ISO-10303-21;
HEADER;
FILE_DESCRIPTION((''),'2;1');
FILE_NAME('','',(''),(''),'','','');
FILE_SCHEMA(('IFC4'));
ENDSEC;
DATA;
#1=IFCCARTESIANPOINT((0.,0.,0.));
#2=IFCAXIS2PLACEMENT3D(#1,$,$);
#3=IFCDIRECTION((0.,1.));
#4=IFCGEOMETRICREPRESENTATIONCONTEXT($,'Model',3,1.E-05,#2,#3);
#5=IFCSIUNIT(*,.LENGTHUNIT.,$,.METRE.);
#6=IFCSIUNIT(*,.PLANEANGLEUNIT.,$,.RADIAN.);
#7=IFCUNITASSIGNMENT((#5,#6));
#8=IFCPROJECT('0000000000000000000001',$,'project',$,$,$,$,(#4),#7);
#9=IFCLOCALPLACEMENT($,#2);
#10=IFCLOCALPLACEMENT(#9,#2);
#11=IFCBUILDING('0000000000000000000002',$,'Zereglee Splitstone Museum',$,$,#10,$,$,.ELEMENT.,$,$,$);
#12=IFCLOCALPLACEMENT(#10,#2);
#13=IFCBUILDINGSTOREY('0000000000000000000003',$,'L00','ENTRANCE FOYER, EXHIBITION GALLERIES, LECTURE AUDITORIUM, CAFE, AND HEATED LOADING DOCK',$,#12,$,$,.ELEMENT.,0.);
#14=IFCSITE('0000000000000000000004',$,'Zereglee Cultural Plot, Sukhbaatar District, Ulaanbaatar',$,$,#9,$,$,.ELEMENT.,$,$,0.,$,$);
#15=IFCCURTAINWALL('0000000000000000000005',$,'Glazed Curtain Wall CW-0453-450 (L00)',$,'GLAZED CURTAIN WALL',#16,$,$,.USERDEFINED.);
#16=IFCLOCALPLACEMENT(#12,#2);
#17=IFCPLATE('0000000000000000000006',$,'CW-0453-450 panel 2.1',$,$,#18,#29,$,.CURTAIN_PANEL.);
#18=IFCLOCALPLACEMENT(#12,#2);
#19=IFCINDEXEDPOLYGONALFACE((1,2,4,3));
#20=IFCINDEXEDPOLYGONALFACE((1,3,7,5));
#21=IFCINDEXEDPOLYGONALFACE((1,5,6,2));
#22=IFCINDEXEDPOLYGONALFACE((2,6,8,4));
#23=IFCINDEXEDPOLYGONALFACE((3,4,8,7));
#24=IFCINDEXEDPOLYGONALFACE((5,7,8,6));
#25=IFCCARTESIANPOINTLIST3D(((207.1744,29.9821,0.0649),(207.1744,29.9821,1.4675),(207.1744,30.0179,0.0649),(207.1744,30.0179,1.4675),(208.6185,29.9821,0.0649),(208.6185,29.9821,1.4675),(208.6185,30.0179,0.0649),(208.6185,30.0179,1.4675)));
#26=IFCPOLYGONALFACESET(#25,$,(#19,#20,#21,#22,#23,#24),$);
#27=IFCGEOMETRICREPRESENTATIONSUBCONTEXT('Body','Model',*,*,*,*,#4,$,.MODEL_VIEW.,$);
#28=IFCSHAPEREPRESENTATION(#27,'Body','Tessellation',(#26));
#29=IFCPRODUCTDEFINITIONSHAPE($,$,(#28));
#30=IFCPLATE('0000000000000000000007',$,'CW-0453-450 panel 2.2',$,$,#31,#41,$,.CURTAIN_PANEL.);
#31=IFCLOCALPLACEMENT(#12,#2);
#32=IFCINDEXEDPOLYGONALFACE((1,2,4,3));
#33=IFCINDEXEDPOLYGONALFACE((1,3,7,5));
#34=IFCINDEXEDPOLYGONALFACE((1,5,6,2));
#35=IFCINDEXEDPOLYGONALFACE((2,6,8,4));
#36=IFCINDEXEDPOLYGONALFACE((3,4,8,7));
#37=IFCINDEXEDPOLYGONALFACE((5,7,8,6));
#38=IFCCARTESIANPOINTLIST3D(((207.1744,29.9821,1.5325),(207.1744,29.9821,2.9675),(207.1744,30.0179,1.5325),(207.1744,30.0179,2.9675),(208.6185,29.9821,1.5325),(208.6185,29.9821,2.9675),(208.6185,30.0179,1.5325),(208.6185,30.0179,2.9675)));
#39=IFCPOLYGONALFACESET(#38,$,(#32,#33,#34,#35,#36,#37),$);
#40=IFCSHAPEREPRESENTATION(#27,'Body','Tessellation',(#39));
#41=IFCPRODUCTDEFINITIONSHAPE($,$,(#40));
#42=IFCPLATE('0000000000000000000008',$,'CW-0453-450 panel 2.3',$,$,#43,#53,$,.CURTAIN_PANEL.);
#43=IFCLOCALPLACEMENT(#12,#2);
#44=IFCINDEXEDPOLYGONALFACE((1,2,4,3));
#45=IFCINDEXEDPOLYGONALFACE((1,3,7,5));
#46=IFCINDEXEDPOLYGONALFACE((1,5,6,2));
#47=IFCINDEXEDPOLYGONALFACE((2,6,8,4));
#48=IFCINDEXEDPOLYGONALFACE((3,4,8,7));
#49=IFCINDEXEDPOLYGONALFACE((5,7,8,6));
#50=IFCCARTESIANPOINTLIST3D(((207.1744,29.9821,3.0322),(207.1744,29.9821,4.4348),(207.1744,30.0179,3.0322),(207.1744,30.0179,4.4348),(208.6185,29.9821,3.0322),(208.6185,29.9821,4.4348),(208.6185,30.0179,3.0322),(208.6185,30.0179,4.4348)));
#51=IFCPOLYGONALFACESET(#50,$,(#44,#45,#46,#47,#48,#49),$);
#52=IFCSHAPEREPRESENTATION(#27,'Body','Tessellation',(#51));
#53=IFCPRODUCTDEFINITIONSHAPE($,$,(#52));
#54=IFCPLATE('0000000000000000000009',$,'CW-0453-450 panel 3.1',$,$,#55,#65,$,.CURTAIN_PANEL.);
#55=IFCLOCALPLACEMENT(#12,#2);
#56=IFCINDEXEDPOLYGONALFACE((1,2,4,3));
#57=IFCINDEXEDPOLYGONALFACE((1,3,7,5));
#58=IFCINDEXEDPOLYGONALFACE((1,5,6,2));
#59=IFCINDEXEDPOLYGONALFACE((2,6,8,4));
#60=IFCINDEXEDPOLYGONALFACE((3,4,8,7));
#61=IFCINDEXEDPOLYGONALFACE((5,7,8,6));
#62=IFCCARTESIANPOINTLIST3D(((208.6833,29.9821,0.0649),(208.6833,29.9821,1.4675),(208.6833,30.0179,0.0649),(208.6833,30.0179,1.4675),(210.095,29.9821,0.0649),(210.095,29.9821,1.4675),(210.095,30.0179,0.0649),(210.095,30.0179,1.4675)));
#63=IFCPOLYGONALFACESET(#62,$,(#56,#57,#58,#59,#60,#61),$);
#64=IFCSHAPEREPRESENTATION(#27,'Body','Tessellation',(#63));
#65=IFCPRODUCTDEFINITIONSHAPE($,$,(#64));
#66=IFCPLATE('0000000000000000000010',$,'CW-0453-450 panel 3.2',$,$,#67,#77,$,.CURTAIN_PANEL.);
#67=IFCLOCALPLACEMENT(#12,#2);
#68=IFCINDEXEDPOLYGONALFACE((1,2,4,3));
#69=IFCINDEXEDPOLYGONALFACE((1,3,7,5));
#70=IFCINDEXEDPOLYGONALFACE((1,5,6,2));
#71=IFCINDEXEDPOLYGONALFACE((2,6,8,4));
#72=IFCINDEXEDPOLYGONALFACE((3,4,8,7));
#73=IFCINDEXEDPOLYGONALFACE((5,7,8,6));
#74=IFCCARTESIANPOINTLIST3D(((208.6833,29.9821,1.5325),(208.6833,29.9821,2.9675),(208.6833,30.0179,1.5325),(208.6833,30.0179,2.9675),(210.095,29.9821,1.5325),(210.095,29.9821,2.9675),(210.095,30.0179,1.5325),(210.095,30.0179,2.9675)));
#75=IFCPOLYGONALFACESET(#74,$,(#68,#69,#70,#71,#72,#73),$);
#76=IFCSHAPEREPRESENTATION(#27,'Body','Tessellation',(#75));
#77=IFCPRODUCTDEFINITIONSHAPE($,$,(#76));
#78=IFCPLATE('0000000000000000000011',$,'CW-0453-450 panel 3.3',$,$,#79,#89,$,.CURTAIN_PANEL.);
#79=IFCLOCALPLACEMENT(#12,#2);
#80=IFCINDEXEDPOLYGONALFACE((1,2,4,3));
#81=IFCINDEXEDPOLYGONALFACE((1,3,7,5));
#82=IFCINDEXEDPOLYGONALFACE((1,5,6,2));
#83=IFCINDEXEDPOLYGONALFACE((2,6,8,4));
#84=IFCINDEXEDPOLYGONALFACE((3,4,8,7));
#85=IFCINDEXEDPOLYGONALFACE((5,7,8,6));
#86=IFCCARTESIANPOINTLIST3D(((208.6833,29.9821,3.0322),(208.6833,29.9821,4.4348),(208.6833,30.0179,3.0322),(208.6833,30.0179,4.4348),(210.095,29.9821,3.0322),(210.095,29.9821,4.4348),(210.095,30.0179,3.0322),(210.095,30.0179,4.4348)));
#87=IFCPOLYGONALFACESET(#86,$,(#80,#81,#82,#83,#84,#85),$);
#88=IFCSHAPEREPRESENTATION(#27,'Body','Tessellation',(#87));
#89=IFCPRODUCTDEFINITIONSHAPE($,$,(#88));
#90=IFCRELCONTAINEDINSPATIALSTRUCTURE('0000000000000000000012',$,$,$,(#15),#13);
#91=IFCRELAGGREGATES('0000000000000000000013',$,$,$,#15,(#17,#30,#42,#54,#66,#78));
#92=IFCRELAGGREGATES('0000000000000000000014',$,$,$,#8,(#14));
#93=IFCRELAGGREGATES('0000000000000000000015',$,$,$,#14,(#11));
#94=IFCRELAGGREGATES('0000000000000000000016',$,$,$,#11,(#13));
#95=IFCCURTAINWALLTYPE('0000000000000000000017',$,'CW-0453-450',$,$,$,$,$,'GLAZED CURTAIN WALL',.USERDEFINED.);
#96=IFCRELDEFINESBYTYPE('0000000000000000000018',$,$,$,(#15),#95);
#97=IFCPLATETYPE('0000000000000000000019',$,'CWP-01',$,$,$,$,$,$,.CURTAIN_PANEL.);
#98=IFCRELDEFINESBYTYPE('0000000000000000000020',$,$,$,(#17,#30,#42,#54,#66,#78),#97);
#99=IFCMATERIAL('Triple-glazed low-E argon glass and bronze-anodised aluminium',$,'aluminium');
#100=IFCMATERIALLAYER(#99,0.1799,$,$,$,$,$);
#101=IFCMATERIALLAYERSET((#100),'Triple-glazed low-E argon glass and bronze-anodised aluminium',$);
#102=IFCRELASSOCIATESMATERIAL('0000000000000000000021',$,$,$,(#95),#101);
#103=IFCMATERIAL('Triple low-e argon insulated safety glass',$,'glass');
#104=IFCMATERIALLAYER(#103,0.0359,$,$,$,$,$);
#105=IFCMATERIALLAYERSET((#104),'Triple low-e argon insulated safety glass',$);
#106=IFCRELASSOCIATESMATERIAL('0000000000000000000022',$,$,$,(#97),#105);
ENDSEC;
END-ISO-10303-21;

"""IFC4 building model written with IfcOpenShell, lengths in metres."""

from ifc_helpers import new_model, si_unit, direction, frame, origin, origin_2d, place, context, subcontext, project, spatial, rectangle, extrude, material, layer, layer_set, type_object, element, aggregate, save


model = new_model("IFC4")

# Units and contexts
model_context = context("Model", 3, precision=1e-05, world=origin(), true_north=direction((0.0, 1.0)))
body_context = subcontext(model_context, "Body", "Model", "MODEL_VIEW")
ifc_project = project(units=[si_unit("LENGTHUNIT", "METRE"), si_unit("PLANEANGLEUNIT", "RADIAN")], contexts=[model_context])

# Site, building, storey
site_placement = place(None, origin())
site = spatial("IfcSite", under=ifc_project, at=site_placement, Name="Zereglee Cultural Plot, Sukhbaatar District, Ulaanbaatar", CompositionType="ELEMENT", RefElevation=0.0)
building_placement = place(site_placement, origin())
building = spatial("IfcBuilding", under=site, at=building_placement, Name="Zereglee Splitstone Museum", CompositionType="ELEMENT")
storey_placement = place(building_placement, origin())
storey = spatial("IfcBuildingStorey", under=building, at=storey_placement, Name="L00", Description="ENTRANCE FOYER, EXHIBITION GALLERIES, LECTURE AUDITORIUM, CAFE, AND HEATED LOADING DOCK", CompositionType="ELEMENT", Elevation=0.0)

# Curtain wall
ifc_material_1 = material(Name="Triple-glazed low-E argon glass and bronze-anodised aluminium", Category="aluminium")
ifc_layer_1 = layer(ifc_material_1, 0.1799)
ifc_layer_set_1 = layer_set([ifc_layer_1], Name="Triple-glazed low-E argon glass and bronze-anodised aluminium")
curtain_wall_type_1 = type_object("IfcCurtainWallType", Name="CW-0453-450", ElementType="GLAZED CURTAIN WALL", PredefinedType="USERDEFINED", material=ifc_layer_set_1)
curtain_wall_1_placement = place(storey_placement, origin())
curtain_wall_1 = element("IfcCurtainWall", 1, at=curtain_wall_1_placement, inside=storey, type_object=curtain_wall_type_1, Name="Glazed Curtain Wall CW-0453-450 (L00)", ObjectType="GLAZED CURTAIN WALL", PredefinedType="USERDEFINED")

# Plates
ifc_material_2 = material(Name="Triple low-e argon insulated safety glass", Category="glass")
ifc_layer_2 = layer(ifc_material_2, 0.0359)
ifc_layer_set_2 = layer_set([ifc_layer_2], Name="Triple low-e argon insulated safety glass")
plate_type = type_object("IfcPlateType", Name="CWP-01", PredefinedType="CURTAIN_PANEL", material=ifc_layer_set_2)
plate_1_placement = place(storey_placement, frame((207.8965, 30.0, 0.0649), z_axis=(0.0, 0.0, 1.0), x_axis=(1.0, 0.0, 0.0)))
plate_1 = element("IfcPlate", 2, at=plate_1_placement, type_object=plate_type, Name="CW-0453-450 panel 2.1", PredefinedType="CURTAIN_PANEL", context=body_context, shape_type="SweptSolid", body=[
    extrude(rectangle(XDim=1.4441, YDim=0.0359, at=origin_2d()), origin(), (0.0, 0.0, 1.0), 1.4026),
])
plate_2_placement = place(storey_placement, frame((207.8965, 30.0, 1.5325), z_axis=(0.0, 0.0, 1.0), x_axis=(1.0, 0.0, 0.0)))
plate_2 = element("IfcPlate", 3, at=plate_2_placement, type_object=plate_type, Name="CW-0453-450 panel 2.2", PredefinedType="CURTAIN_PANEL", context=body_context, shape_type="SweptSolid", body=[
    extrude(rectangle(XDim=1.4441, YDim=0.0359, at=origin_2d()), origin(), (0.0, 0.0, 1.0), 1.4351),
])
plate_3_placement = place(storey_placement, frame((207.8965, 30.0, 3.0322), z_axis=(0.0, 0.0, 1.0), x_axis=(1.0, 0.0, 0.0)))
plate_3 = element("IfcPlate", 4, at=plate_3_placement, type_object=plate_type, Name="CW-0453-450 panel 2.3", PredefinedType="CURTAIN_PANEL", context=body_context, shape_type="SweptSolid", body=[
    extrude(rectangle(XDim=1.4441, YDim=0.0359, at=origin_2d()), origin(), (0.0, 0.0, 1.0), 1.4026),
])
plate_4_placement = place(storey_placement, frame((209.3892, 30.0, 0.0649), z_axis=(0.0, 0.0, 1.0), x_axis=(1.0, 0.0, 0.0)))
plate_4 = element("IfcPlate", 5, at=plate_4_placement, type_object=plate_type, Name="CW-0453-450 panel 3.1", PredefinedType="CURTAIN_PANEL", context=body_context, shape_type="SweptSolid", body=[
    extrude(rectangle(XDim=1.4116, YDim=0.0359, at=origin_2d()), origin(), (0.0, 0.0, 1.0), 1.4026),
])
plate_5_placement = place(storey_placement, frame((209.3892, 30.0, 1.5325), z_axis=(0.0, 0.0, 1.0), x_axis=(1.0, 0.0, 0.0)))
plate_5 = element("IfcPlate", 6, at=plate_5_placement, type_object=plate_type, Name="CW-0453-450 panel 3.2", PredefinedType="CURTAIN_PANEL", context=body_context, shape_type="SweptSolid", body=[
    extrude(rectangle(XDim=1.4116, YDim=0.0359, at=origin_2d()), origin(), (0.0, 0.0, 1.0), 1.4351),
])
plate_6_placement = place(storey_placement, frame((209.3892, 30.0, 3.0322), z_axis=(0.0, 0.0, 1.0), x_axis=(1.0, 0.0, 0.0)))
plate_6 = element("IfcPlate", 7, at=plate_6_placement, type_object=plate_type, Name="CW-0453-450 panel 3.3", PredefinedType="CURTAIN_PANEL", context=body_context, shape_type="SweptSolid", body=[
    extrude(rectangle(XDim=1.4116, YDim=0.0359, at=origin_2d()), origin(), (0.0, 0.0, 1.0), 1.4026),
])
aggregate(curtain_wall_1, [plate_1, plate_2, plate_3, plate_4, plate_5, plate_6])

save(model, "model.ifc")
